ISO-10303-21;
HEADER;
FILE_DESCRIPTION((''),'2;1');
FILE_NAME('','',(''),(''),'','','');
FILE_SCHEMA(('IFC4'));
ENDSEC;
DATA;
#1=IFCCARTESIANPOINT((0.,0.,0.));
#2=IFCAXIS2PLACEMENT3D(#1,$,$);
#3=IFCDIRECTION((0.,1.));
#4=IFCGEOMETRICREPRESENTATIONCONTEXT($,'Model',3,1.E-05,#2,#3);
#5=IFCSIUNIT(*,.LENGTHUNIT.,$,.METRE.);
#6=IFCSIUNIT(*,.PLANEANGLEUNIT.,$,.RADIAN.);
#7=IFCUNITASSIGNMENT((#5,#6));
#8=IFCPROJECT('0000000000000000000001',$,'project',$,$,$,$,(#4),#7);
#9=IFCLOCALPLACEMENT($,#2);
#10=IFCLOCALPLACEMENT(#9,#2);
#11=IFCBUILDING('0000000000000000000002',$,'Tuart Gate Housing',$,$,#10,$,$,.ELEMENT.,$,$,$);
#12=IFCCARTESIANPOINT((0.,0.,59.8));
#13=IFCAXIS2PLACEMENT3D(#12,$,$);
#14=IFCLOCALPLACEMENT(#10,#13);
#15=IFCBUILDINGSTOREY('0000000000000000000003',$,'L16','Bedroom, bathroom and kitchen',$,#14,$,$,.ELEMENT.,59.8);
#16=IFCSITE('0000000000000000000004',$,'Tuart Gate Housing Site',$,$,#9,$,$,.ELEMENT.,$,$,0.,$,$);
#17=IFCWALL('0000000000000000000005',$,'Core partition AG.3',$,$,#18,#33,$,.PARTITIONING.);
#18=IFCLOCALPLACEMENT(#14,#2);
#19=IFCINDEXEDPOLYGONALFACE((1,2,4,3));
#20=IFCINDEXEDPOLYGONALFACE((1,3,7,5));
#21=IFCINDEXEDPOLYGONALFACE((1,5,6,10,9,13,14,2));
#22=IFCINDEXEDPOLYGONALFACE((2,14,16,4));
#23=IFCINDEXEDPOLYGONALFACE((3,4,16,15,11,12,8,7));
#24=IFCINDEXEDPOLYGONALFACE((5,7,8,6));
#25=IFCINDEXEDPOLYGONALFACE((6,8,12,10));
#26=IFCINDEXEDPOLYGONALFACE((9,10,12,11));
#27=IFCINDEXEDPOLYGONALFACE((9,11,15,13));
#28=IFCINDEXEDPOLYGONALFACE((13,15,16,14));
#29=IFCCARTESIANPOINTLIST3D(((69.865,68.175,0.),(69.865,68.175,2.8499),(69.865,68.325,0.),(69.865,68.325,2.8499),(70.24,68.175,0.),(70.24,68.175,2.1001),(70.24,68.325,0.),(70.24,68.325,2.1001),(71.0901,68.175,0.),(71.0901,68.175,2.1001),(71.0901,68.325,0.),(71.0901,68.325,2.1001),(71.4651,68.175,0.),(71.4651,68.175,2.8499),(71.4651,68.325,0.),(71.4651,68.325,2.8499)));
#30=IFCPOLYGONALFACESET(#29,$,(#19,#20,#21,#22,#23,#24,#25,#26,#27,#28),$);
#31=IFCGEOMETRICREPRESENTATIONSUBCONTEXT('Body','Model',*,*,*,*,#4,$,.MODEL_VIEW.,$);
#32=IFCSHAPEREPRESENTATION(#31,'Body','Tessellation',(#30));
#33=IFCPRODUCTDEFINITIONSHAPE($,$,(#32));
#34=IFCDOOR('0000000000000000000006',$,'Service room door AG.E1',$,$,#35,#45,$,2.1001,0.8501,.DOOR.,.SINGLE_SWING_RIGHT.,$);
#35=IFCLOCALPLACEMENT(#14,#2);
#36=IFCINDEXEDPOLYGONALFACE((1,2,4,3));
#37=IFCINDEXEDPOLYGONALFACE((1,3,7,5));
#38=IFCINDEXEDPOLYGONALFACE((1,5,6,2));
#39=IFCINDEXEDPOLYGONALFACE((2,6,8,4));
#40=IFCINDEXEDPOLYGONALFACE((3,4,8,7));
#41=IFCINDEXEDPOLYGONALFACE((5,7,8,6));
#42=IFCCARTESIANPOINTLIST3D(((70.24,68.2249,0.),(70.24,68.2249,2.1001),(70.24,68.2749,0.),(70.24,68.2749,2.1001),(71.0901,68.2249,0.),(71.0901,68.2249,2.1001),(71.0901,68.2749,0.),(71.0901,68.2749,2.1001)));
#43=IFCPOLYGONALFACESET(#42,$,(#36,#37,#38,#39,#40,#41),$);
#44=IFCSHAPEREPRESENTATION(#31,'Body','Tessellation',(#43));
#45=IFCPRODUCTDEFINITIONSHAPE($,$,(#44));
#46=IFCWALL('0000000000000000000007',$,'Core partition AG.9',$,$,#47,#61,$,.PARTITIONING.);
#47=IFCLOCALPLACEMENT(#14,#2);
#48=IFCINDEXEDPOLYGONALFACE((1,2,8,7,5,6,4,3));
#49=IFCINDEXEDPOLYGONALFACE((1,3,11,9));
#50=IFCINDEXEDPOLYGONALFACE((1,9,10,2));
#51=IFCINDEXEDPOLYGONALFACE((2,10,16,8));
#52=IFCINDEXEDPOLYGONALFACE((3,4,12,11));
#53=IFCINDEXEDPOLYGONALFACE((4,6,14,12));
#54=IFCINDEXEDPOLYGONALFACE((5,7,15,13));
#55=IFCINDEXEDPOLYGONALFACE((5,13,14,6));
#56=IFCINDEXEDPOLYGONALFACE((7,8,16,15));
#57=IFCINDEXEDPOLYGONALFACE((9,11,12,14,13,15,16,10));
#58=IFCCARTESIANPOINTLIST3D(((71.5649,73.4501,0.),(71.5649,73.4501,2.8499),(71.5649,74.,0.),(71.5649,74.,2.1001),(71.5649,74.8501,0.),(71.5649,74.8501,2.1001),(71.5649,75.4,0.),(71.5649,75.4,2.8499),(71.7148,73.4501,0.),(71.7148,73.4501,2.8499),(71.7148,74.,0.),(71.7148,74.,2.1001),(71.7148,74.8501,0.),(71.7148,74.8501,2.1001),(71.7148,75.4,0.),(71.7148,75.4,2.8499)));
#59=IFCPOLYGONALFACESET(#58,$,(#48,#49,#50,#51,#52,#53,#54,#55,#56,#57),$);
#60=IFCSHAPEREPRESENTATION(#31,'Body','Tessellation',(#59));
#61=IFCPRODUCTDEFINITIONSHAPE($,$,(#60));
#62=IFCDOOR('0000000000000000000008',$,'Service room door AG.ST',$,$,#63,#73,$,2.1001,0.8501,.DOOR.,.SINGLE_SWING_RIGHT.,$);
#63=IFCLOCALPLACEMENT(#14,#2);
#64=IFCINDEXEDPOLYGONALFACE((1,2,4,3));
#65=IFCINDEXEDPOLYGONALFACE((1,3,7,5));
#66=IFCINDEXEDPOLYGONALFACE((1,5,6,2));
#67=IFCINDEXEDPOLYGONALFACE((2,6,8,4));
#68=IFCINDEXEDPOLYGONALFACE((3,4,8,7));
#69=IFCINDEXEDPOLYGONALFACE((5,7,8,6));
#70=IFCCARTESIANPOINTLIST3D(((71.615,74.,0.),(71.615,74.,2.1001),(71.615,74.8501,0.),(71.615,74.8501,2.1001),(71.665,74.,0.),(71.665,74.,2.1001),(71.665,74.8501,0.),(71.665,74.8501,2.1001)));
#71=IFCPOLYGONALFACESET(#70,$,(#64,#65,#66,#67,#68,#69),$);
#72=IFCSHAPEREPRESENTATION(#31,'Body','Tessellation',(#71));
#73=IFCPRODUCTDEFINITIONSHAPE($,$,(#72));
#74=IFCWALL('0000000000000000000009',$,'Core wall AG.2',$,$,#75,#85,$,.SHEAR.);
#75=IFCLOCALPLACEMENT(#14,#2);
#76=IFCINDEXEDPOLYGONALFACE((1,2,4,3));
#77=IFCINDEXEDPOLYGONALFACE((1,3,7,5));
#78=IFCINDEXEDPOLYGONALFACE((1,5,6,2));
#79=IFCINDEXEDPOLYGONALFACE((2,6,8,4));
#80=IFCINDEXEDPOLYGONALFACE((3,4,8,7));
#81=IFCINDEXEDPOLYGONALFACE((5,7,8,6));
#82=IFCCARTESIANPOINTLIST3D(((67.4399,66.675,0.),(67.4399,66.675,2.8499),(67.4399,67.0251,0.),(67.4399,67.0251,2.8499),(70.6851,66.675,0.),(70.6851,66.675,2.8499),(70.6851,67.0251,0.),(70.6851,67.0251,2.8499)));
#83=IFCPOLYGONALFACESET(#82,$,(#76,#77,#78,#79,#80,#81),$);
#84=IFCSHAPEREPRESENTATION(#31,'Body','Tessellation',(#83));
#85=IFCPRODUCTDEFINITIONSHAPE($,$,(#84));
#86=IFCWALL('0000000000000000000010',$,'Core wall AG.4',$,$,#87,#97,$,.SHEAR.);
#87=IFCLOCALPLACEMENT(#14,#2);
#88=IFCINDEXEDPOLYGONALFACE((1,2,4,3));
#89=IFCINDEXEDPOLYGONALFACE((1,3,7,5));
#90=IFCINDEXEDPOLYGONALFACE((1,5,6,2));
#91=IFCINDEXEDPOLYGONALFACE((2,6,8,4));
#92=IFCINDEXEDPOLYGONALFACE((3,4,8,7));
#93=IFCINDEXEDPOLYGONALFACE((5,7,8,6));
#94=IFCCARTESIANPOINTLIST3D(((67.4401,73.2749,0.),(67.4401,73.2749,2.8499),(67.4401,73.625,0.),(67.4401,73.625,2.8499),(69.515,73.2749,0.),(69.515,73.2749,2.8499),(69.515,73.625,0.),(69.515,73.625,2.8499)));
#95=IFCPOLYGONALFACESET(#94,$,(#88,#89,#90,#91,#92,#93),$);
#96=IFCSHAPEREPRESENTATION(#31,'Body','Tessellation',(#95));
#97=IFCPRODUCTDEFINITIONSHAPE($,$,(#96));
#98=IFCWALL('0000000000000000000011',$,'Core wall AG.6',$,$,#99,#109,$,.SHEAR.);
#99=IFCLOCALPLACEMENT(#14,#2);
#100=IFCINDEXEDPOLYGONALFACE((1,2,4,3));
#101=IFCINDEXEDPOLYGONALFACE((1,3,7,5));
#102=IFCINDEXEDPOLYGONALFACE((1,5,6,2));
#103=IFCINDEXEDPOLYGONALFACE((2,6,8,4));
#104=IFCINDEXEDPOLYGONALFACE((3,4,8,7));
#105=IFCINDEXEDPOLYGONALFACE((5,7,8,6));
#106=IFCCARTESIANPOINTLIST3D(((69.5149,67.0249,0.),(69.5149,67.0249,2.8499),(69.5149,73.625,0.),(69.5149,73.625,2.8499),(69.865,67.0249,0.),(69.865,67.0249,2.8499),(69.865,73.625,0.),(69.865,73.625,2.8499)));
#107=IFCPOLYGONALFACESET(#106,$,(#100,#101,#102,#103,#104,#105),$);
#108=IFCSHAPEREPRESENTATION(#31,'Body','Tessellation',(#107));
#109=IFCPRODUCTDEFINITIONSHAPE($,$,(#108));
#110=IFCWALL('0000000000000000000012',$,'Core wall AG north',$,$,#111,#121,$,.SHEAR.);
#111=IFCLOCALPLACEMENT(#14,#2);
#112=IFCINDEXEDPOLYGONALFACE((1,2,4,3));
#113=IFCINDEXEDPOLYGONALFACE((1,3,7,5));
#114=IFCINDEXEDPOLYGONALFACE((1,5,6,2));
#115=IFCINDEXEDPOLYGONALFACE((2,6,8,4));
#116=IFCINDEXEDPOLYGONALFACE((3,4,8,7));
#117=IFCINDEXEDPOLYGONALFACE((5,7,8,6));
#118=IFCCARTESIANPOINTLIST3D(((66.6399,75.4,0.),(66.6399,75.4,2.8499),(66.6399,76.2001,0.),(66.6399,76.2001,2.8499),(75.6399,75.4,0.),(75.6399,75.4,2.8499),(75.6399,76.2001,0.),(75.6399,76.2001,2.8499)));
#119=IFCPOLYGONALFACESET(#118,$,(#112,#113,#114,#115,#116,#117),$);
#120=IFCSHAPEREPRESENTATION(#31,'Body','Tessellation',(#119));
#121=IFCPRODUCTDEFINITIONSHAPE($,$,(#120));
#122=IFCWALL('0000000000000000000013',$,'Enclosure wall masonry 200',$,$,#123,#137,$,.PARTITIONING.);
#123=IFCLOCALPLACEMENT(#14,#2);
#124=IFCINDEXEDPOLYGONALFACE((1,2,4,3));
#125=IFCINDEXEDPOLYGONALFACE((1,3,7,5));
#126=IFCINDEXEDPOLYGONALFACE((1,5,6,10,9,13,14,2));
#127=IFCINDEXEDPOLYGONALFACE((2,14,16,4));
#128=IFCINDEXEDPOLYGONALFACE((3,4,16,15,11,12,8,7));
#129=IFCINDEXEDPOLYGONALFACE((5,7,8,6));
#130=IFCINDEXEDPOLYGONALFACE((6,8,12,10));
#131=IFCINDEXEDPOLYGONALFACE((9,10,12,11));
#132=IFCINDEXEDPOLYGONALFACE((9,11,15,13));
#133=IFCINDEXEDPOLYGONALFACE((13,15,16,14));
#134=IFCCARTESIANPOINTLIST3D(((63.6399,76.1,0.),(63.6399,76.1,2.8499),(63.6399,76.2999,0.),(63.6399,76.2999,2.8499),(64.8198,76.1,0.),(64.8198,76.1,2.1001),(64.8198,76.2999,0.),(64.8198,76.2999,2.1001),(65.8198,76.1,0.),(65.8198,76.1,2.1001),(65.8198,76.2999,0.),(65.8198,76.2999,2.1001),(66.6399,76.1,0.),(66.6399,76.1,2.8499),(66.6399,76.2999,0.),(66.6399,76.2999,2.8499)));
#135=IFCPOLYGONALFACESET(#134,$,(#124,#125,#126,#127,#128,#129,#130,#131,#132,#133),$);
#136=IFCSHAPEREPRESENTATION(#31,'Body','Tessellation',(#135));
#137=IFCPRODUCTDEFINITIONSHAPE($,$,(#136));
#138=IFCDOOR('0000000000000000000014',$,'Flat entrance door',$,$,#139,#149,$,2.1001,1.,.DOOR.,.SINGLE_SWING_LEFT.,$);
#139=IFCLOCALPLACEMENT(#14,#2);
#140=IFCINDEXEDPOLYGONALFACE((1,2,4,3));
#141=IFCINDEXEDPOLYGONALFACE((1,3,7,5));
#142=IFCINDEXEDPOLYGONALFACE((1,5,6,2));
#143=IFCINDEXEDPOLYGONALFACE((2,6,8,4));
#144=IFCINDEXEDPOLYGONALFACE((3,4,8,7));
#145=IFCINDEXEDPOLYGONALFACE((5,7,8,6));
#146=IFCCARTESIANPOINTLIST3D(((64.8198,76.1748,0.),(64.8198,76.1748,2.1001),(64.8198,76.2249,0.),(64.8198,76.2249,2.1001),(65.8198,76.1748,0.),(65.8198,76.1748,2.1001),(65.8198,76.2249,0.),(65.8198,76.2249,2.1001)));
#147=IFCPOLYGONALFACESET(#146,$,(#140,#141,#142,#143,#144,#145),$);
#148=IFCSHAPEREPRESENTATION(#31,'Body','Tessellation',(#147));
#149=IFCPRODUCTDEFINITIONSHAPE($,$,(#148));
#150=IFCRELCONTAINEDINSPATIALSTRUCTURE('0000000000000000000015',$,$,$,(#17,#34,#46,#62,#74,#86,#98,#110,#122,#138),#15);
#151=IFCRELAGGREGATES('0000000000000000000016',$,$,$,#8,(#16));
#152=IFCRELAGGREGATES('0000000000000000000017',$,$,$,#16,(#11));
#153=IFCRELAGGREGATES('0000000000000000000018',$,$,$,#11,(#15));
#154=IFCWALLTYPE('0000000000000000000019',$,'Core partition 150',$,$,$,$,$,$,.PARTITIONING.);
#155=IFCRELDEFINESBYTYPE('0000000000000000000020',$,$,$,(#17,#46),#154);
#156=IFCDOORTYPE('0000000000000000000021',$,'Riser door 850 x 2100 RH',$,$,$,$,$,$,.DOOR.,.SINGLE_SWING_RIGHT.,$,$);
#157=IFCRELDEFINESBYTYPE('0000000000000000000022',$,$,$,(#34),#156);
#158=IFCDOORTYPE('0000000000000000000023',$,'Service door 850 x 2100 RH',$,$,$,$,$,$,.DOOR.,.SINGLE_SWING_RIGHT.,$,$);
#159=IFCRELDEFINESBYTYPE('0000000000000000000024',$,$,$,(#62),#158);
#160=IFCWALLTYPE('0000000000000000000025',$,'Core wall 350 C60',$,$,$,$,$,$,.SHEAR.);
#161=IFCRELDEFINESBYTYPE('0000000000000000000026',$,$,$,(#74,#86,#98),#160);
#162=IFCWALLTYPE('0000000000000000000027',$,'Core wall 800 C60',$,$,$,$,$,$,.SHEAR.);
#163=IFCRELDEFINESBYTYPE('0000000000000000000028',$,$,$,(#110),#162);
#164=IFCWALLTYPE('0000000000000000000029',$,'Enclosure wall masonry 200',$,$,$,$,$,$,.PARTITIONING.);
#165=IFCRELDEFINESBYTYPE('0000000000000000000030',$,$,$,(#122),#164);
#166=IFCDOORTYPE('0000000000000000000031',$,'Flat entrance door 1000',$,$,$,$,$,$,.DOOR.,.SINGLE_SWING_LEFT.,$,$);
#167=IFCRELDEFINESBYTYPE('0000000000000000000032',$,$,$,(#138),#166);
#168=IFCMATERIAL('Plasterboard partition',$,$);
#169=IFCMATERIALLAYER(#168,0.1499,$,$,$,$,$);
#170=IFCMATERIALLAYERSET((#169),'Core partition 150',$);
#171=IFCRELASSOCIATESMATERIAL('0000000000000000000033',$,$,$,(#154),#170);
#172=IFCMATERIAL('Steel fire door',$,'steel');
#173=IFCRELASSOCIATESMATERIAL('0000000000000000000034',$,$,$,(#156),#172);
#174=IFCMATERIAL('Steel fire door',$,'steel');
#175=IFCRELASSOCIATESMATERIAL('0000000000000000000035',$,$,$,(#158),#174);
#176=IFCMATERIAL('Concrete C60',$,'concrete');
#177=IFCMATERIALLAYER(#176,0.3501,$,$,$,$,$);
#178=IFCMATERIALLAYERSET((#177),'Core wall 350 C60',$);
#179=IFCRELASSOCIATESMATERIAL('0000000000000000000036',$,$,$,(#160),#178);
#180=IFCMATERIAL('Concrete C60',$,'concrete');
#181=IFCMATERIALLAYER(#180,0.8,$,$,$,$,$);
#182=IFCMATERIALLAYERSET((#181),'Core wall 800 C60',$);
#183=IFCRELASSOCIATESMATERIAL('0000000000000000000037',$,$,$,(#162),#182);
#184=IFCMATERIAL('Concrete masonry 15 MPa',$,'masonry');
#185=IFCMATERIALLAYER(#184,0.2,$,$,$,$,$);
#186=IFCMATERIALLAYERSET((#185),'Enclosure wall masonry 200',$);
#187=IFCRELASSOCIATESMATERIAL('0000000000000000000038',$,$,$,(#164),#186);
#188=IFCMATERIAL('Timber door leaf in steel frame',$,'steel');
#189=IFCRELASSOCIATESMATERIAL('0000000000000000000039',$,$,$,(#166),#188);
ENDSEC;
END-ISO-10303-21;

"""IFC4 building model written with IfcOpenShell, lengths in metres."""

from ifc_helpers import new_model, si_unit, direction, frame, frame_2d, origin, place, context, subcontext, project, spatial, rectangle, extrude, material, layer, layer_set, type_object, element, fill, save


model = new_model("IFC4")

# Units and contexts
model_context = context("Model", 3, precision=1e-05, world=origin(), true_north=direction((0.0, 1.0)))
body_context = subcontext(model_context, "Body", "Model", "MODEL_VIEW")
ifc_project = project(units=[si_unit("LENGTHUNIT", "METRE"), si_unit("PLANEANGLEUNIT", "RADIAN")], contexts=[model_context])

# Site, building, storey
site_placement = place(None, origin())
site = spatial("IfcSite", under=ifc_project, at=site_placement, Name="Tuart Gate Housing Site", CompositionType="ELEMENT", RefElevation=0.0)
building_placement = place(site_placement, origin())
building = spatial("IfcBuilding", under=site, at=building_placement, Name="Tuart Gate Housing", CompositionType="ELEMENT")
storey_placement = place(building_placement, frame((0.0, 0.0, 59.8)))
storey = spatial("IfcBuildingStorey", under=building, at=storey_placement, Name="L16", Description="Bedroom, bathroom and kitchen", CompositionType="ELEMENT", Elevation=59.8)

# Walls, openings, doors
ifc_material_1 = material(Name="Plasterboard partition")
ifc_layer_1 = layer(ifc_material_1, 0.1499)
ifc_layer_set_1 = layer_set([ifc_layer_1], Name="Core partition 150")
wall_type_1 = type_object("IfcWallType", Name="Core partition 150", PredefinedType="PARTITIONING", material=ifc_layer_set_1)
wall_1_placement = place(storey_placement, frame((69.865, 68.25, 0.0), z_axis=(0.0, 0.0, 1.0), x_axis=(1.0, 0.0, 0.0)))
wall_1 = element("IfcWall", 1, at=wall_1_placement, inside=storey, type_object=wall_type_1, Name="Core partition AG.3", PredefinedType="PARTITIONING", context=body_context, shape_type="SweptSolid", body=[
    extrude(rectangle(XDim=1.6001, YDim=0.1499, at=frame_2d((0.8, 0.0))), origin(), (0.0, 0.0, 1.0), 2.8499),
])
opening_1_placement = place(wall_1_placement, frame((0.375, 0.0, 0.0)))
opening_1 = element("IfcOpeningElement", 2, at=opening_1_placement, cuts=wall_1, PredefinedType="OPENING", context=body_context, shape_type="SweptSolid", body=[
    extrude(rectangle(XDim=0.8501, YDim=2.1001, at=frame_2d((0.425, 1.05))), frame((0.0, 0.085, 0.0), z_axis=(0.0, -1.0, 0.0), x_axis=(1.0, 0.0, 0.0)), (0.0, 0.0, 1.0), 0.1699),
])
ifc_material_2 = material(Name="Steel fire door", Category="steel")
door_type_1 = type_object("IfcDoorType", Name="Riser door 850 x 2100 RH", OperationType="SINGLE_SWING_RIGHT", PredefinedType="DOOR", material=ifc_material_2)
door_1_placement = place(opening_1_placement, frame((0.8501, 0.0, 0.0), z_axis=(0.0, 0.0, 1.0), x_axis=(-1.0, 0.0, 0.0)))
door_1 = element("IfcDoor", 3, at=door_1_placement, inside=storey, type_object=door_type_1, Name="Service room door AG.E1", OperationType="SINGLE_SWING_RIGHT", OverallHeight=2.1001, OverallWidth=0.8501, PredefinedType="DOOR", context=body_context, shape_type="SweptSolid", body=[
    extrude(rectangle(XDim=0.8501, YDim=2.1001, at=frame_2d((0.425, 1.05))), frame((0.0, 0.0251, 0.0), z_axis=(0.0, -1.0, 0.0), x_axis=(1.0, 0.0, 0.0)), (0.0, 0.0, 1.0), 0.05),
])
fill(opening_1, door_1)
wall_2_placement = place(storey_placement, frame((71.6399, 73.45, 0.0), z_axis=(0.0, 0.0, 1.0), x_axis=(0.0, 1.0, 0.0)))
wall_2 = element("IfcWall", 4, at=wall_2_placement, inside=storey, type_object=wall_type_1, Name="Core partition AG.9", PredefinedType="PARTITIONING", context=body_context, shape_type="SweptSolid", body=[
    extrude(rectangle(XDim=1.95, YDim=0.1499, at=frame_2d((0.9751, 0.0))), origin(), (0.0, 0.0, 1.0), 2.8499),
])
opening_2_placement = place(wall_2_placement, frame((0.55, 0.0, 0.0)))
opening_2 = element("IfcOpeningElement", 5, at=opening_2_placement, cuts=wall_2, PredefinedType="OPENING", context=body_context, shape_type="SweptSolid", body=[
    extrude(rectangle(XDim=0.8501, YDim=2.1001, at=frame_2d((0.425, 1.05))), frame((0.0, 0.085, 0.0), z_axis=(0.0, -1.0, 0.0), x_axis=(1.0, 0.0, 0.0)), (0.0, 0.0, 1.0), 0.1699),
])
ifc_material_3 = material(Name="Steel fire door", Category="steel")
door_type_2 = type_object("IfcDoorType", Name="Service door 850 x 2100 RH", OperationType="SINGLE_SWING_RIGHT", PredefinedType="DOOR", material=ifc_material_3)
door_2_placement = place(opening_2_placement, frame((0.8501, 0.0, 0.0), z_axis=(0.0, 0.0, 1.0), x_axis=(-1.0, 0.0, 0.0)))
door_2 = element("IfcDoor", 6, at=door_2_placement, inside=storey, type_object=door_type_2, Name="Service room door AG.ST", OperationType="SINGLE_SWING_RIGHT", OverallHeight=2.1001, OverallWidth=0.8501, PredefinedType="DOOR", context=body_context, shape_type="SweptSolid", body=[
    extrude(rectangle(XDim=0.8501, YDim=2.1001, at=frame_2d((0.425, 1.05))), frame((0.0, 0.0251, 0.0), z_axis=(0.0, -1.0, 0.0), x_axis=(1.0, 0.0, 0.0)), (0.0, 0.0, 1.0), 0.05),
])
fill(opening_2, door_2)

# Walls
ifc_material_4 = material(Name="Concrete C60", Category="concrete")
ifc_layer_2 = layer(ifc_material_4, 0.3501)
ifc_layer_set_2 = layer_set([ifc_layer_2], Name="Core wall 350 C60")
wall_type_2 = type_object("IfcWallType", Name="Core wall 350 C60", PredefinedType="SHEAR", material=ifc_layer_set_2)
wall_3_placement = place(storey_placement, frame((67.4399, 66.8501, 0.0), z_axis=(0.0, 0.0, 1.0), x_axis=(1.0, 0.0, 0.0)))
element("IfcWall", 7, at=wall_3_placement, inside=storey, type_object=wall_type_2, Name="Core wall AG.2", PredefinedType="SHEAR", context=body_context, shape_type="SweptSolid", body=[
    extrude(rectangle(XDim=3.2451, YDim=0.3501, at=frame_2d((1.6226, 0.0))), origin(), (0.0, 0.0, 1.0), 2.8499),
])
wall_4_placement = place(storey_placement, frame((67.4399, 73.45, 0.0), z_axis=(0.0, 0.0, 1.0), x_axis=(1.0, 0.0, 0.0)))
element("IfcWall", 8, at=wall_4_placement, inside=storey, type_object=wall_type_2, Name="Core wall AG.4", PredefinedType="SHEAR", context=body_context, shape_type="SweptSolid", body=[
    extrude(rectangle(XDim=2.075, YDim=0.3501, at=frame_2d((1.0376, 0.0))), origin(), (0.0, 0.0, 1.0), 2.8499),
])
wall_5_placement = place(storey_placement, frame((69.6899, 67.0249, 0.0), z_axis=(0.0, 0.0, 1.0), x_axis=(0.0, 1.0, 0.0)))
element("IfcWall", 9, at=wall_5_placement, inside=storey, type_object=wall_type_2, Name="Core wall AG.6", PredefinedType="SHEAR", context=body_context, shape_type="SweptSolid", body=[
    extrude(rectangle(XDim=6.6001, YDim=0.3501, at=frame_2d((3.3, 0.0))), origin(), (0.0, 0.0, 1.0), 2.8499),
])
ifc_material_5 = material(Name="Concrete C60", Category="concrete")
ifc_layer_3 = layer(ifc_material_5, 0.8)
ifc_layer_set_3 = layer_set([ifc_layer_3], Name="Core wall 800 C60")
wall_type_3 = type_object("IfcWallType", Name="Core wall 800 C60", PredefinedType="SHEAR", material=ifc_layer_set_3)
wall_6_placement = place(storey_placement, frame((66.6399, 75.8, 0.0), z_axis=(0.0, 0.0, 1.0), x_axis=(1.0, 0.0, 0.0)))
element("IfcWall", 10, at=wall_6_placement, inside=storey, type_object=wall_type_3, Name="Core wall AG north", PredefinedType="SHEAR", context=body_context, shape_type="SweptSolid", body=[
    extrude(rectangle(XDim=9.0, YDim=0.8, at=frame_2d((4.5, 0.0))), origin(), (0.0, 0.0, 1.0), 2.8499),
])

# Wall, opening, door
ifc_material_6 = material(Name="Concrete masonry 15 MPa", Category="masonry")
ifc_layer_4 = layer(ifc_material_6, 0.2)
ifc_layer_set_4 = layer_set([ifc_layer_4], Name="Enclosure wall masonry 200")
wall_type_4 = type_object("IfcWallType", Name="Enclosure wall masonry 200", PredefinedType="PARTITIONING", material=ifc_layer_set_4)
wall_7_placement = place(storey_placement, frame((63.6399, 76.2, 0.0), z_axis=(0.0, 0.0, 1.0), x_axis=(1.0, 0.0, 0.0)))
wall_7 = element("IfcWall", 11, at=wall_7_placement, inside=storey, type_object=wall_type_4, Name="Enclosure wall masonry 200", PredefinedType="PARTITIONING", context=body_context, shape_type="SweptSolid", body=[
    extrude(rectangle(XDim=3.0, YDim=0.2, at=frame_2d((1.5, 0.0))), origin(), (0.0, 0.0, 1.0), 2.8499),
])
opening_3_placement = place(wall_7_placement, frame((1.1799, 0.0, 0.0)))
opening_3 = element("IfcOpeningElement", 12, at=opening_3_placement, cuts=wall_7, PredefinedType="OPENING", context=body_context, shape_type="SweptSolid", body=[
    extrude(rectangle(XDim=1.0, YDim=2.1001, at=frame_2d((0.5, 1.05))), frame((0.0, 0.1099, 0.0), z_axis=(0.0, -1.0, 0.0), x_axis=(1.0, 0.0, 0.0)), (0.0, 0.0, 1.0), 0.22),
])
ifc_material_7 = material(Name="Timber door leaf in steel frame", Category="steel")
door_type_3 = type_object("IfcDoorType", Name="Flat entrance door 1000", OperationType="SINGLE_SWING_LEFT", PredefinedType="DOOR", material=ifc_material_7)
door_3_placement = place(opening_3_placement, origin())
door_3 = element("IfcDoor", 13, at=door_3_placement, inside=storey, type_object=door_type_3, Name="Flat entrance door", OperationType="SINGLE_SWING_LEFT", OverallHeight=2.1001, OverallWidth=1.0, PredefinedType="DOOR", context=body_context, shape_type="SweptSolid", body=[
    extrude(rectangle(XDim=1.0, YDim=2.1001, at=frame_2d((0.5, 1.05))), frame((0.0, 0.0249, 0.0), z_axis=(0.0, -1.0, 0.0), x_axis=(1.0, 0.0, 0.0)), (0.0, 0.0, 1.0), 0.05),
])
fill(opening_3, door_3)

save(model, "model.ifc")
